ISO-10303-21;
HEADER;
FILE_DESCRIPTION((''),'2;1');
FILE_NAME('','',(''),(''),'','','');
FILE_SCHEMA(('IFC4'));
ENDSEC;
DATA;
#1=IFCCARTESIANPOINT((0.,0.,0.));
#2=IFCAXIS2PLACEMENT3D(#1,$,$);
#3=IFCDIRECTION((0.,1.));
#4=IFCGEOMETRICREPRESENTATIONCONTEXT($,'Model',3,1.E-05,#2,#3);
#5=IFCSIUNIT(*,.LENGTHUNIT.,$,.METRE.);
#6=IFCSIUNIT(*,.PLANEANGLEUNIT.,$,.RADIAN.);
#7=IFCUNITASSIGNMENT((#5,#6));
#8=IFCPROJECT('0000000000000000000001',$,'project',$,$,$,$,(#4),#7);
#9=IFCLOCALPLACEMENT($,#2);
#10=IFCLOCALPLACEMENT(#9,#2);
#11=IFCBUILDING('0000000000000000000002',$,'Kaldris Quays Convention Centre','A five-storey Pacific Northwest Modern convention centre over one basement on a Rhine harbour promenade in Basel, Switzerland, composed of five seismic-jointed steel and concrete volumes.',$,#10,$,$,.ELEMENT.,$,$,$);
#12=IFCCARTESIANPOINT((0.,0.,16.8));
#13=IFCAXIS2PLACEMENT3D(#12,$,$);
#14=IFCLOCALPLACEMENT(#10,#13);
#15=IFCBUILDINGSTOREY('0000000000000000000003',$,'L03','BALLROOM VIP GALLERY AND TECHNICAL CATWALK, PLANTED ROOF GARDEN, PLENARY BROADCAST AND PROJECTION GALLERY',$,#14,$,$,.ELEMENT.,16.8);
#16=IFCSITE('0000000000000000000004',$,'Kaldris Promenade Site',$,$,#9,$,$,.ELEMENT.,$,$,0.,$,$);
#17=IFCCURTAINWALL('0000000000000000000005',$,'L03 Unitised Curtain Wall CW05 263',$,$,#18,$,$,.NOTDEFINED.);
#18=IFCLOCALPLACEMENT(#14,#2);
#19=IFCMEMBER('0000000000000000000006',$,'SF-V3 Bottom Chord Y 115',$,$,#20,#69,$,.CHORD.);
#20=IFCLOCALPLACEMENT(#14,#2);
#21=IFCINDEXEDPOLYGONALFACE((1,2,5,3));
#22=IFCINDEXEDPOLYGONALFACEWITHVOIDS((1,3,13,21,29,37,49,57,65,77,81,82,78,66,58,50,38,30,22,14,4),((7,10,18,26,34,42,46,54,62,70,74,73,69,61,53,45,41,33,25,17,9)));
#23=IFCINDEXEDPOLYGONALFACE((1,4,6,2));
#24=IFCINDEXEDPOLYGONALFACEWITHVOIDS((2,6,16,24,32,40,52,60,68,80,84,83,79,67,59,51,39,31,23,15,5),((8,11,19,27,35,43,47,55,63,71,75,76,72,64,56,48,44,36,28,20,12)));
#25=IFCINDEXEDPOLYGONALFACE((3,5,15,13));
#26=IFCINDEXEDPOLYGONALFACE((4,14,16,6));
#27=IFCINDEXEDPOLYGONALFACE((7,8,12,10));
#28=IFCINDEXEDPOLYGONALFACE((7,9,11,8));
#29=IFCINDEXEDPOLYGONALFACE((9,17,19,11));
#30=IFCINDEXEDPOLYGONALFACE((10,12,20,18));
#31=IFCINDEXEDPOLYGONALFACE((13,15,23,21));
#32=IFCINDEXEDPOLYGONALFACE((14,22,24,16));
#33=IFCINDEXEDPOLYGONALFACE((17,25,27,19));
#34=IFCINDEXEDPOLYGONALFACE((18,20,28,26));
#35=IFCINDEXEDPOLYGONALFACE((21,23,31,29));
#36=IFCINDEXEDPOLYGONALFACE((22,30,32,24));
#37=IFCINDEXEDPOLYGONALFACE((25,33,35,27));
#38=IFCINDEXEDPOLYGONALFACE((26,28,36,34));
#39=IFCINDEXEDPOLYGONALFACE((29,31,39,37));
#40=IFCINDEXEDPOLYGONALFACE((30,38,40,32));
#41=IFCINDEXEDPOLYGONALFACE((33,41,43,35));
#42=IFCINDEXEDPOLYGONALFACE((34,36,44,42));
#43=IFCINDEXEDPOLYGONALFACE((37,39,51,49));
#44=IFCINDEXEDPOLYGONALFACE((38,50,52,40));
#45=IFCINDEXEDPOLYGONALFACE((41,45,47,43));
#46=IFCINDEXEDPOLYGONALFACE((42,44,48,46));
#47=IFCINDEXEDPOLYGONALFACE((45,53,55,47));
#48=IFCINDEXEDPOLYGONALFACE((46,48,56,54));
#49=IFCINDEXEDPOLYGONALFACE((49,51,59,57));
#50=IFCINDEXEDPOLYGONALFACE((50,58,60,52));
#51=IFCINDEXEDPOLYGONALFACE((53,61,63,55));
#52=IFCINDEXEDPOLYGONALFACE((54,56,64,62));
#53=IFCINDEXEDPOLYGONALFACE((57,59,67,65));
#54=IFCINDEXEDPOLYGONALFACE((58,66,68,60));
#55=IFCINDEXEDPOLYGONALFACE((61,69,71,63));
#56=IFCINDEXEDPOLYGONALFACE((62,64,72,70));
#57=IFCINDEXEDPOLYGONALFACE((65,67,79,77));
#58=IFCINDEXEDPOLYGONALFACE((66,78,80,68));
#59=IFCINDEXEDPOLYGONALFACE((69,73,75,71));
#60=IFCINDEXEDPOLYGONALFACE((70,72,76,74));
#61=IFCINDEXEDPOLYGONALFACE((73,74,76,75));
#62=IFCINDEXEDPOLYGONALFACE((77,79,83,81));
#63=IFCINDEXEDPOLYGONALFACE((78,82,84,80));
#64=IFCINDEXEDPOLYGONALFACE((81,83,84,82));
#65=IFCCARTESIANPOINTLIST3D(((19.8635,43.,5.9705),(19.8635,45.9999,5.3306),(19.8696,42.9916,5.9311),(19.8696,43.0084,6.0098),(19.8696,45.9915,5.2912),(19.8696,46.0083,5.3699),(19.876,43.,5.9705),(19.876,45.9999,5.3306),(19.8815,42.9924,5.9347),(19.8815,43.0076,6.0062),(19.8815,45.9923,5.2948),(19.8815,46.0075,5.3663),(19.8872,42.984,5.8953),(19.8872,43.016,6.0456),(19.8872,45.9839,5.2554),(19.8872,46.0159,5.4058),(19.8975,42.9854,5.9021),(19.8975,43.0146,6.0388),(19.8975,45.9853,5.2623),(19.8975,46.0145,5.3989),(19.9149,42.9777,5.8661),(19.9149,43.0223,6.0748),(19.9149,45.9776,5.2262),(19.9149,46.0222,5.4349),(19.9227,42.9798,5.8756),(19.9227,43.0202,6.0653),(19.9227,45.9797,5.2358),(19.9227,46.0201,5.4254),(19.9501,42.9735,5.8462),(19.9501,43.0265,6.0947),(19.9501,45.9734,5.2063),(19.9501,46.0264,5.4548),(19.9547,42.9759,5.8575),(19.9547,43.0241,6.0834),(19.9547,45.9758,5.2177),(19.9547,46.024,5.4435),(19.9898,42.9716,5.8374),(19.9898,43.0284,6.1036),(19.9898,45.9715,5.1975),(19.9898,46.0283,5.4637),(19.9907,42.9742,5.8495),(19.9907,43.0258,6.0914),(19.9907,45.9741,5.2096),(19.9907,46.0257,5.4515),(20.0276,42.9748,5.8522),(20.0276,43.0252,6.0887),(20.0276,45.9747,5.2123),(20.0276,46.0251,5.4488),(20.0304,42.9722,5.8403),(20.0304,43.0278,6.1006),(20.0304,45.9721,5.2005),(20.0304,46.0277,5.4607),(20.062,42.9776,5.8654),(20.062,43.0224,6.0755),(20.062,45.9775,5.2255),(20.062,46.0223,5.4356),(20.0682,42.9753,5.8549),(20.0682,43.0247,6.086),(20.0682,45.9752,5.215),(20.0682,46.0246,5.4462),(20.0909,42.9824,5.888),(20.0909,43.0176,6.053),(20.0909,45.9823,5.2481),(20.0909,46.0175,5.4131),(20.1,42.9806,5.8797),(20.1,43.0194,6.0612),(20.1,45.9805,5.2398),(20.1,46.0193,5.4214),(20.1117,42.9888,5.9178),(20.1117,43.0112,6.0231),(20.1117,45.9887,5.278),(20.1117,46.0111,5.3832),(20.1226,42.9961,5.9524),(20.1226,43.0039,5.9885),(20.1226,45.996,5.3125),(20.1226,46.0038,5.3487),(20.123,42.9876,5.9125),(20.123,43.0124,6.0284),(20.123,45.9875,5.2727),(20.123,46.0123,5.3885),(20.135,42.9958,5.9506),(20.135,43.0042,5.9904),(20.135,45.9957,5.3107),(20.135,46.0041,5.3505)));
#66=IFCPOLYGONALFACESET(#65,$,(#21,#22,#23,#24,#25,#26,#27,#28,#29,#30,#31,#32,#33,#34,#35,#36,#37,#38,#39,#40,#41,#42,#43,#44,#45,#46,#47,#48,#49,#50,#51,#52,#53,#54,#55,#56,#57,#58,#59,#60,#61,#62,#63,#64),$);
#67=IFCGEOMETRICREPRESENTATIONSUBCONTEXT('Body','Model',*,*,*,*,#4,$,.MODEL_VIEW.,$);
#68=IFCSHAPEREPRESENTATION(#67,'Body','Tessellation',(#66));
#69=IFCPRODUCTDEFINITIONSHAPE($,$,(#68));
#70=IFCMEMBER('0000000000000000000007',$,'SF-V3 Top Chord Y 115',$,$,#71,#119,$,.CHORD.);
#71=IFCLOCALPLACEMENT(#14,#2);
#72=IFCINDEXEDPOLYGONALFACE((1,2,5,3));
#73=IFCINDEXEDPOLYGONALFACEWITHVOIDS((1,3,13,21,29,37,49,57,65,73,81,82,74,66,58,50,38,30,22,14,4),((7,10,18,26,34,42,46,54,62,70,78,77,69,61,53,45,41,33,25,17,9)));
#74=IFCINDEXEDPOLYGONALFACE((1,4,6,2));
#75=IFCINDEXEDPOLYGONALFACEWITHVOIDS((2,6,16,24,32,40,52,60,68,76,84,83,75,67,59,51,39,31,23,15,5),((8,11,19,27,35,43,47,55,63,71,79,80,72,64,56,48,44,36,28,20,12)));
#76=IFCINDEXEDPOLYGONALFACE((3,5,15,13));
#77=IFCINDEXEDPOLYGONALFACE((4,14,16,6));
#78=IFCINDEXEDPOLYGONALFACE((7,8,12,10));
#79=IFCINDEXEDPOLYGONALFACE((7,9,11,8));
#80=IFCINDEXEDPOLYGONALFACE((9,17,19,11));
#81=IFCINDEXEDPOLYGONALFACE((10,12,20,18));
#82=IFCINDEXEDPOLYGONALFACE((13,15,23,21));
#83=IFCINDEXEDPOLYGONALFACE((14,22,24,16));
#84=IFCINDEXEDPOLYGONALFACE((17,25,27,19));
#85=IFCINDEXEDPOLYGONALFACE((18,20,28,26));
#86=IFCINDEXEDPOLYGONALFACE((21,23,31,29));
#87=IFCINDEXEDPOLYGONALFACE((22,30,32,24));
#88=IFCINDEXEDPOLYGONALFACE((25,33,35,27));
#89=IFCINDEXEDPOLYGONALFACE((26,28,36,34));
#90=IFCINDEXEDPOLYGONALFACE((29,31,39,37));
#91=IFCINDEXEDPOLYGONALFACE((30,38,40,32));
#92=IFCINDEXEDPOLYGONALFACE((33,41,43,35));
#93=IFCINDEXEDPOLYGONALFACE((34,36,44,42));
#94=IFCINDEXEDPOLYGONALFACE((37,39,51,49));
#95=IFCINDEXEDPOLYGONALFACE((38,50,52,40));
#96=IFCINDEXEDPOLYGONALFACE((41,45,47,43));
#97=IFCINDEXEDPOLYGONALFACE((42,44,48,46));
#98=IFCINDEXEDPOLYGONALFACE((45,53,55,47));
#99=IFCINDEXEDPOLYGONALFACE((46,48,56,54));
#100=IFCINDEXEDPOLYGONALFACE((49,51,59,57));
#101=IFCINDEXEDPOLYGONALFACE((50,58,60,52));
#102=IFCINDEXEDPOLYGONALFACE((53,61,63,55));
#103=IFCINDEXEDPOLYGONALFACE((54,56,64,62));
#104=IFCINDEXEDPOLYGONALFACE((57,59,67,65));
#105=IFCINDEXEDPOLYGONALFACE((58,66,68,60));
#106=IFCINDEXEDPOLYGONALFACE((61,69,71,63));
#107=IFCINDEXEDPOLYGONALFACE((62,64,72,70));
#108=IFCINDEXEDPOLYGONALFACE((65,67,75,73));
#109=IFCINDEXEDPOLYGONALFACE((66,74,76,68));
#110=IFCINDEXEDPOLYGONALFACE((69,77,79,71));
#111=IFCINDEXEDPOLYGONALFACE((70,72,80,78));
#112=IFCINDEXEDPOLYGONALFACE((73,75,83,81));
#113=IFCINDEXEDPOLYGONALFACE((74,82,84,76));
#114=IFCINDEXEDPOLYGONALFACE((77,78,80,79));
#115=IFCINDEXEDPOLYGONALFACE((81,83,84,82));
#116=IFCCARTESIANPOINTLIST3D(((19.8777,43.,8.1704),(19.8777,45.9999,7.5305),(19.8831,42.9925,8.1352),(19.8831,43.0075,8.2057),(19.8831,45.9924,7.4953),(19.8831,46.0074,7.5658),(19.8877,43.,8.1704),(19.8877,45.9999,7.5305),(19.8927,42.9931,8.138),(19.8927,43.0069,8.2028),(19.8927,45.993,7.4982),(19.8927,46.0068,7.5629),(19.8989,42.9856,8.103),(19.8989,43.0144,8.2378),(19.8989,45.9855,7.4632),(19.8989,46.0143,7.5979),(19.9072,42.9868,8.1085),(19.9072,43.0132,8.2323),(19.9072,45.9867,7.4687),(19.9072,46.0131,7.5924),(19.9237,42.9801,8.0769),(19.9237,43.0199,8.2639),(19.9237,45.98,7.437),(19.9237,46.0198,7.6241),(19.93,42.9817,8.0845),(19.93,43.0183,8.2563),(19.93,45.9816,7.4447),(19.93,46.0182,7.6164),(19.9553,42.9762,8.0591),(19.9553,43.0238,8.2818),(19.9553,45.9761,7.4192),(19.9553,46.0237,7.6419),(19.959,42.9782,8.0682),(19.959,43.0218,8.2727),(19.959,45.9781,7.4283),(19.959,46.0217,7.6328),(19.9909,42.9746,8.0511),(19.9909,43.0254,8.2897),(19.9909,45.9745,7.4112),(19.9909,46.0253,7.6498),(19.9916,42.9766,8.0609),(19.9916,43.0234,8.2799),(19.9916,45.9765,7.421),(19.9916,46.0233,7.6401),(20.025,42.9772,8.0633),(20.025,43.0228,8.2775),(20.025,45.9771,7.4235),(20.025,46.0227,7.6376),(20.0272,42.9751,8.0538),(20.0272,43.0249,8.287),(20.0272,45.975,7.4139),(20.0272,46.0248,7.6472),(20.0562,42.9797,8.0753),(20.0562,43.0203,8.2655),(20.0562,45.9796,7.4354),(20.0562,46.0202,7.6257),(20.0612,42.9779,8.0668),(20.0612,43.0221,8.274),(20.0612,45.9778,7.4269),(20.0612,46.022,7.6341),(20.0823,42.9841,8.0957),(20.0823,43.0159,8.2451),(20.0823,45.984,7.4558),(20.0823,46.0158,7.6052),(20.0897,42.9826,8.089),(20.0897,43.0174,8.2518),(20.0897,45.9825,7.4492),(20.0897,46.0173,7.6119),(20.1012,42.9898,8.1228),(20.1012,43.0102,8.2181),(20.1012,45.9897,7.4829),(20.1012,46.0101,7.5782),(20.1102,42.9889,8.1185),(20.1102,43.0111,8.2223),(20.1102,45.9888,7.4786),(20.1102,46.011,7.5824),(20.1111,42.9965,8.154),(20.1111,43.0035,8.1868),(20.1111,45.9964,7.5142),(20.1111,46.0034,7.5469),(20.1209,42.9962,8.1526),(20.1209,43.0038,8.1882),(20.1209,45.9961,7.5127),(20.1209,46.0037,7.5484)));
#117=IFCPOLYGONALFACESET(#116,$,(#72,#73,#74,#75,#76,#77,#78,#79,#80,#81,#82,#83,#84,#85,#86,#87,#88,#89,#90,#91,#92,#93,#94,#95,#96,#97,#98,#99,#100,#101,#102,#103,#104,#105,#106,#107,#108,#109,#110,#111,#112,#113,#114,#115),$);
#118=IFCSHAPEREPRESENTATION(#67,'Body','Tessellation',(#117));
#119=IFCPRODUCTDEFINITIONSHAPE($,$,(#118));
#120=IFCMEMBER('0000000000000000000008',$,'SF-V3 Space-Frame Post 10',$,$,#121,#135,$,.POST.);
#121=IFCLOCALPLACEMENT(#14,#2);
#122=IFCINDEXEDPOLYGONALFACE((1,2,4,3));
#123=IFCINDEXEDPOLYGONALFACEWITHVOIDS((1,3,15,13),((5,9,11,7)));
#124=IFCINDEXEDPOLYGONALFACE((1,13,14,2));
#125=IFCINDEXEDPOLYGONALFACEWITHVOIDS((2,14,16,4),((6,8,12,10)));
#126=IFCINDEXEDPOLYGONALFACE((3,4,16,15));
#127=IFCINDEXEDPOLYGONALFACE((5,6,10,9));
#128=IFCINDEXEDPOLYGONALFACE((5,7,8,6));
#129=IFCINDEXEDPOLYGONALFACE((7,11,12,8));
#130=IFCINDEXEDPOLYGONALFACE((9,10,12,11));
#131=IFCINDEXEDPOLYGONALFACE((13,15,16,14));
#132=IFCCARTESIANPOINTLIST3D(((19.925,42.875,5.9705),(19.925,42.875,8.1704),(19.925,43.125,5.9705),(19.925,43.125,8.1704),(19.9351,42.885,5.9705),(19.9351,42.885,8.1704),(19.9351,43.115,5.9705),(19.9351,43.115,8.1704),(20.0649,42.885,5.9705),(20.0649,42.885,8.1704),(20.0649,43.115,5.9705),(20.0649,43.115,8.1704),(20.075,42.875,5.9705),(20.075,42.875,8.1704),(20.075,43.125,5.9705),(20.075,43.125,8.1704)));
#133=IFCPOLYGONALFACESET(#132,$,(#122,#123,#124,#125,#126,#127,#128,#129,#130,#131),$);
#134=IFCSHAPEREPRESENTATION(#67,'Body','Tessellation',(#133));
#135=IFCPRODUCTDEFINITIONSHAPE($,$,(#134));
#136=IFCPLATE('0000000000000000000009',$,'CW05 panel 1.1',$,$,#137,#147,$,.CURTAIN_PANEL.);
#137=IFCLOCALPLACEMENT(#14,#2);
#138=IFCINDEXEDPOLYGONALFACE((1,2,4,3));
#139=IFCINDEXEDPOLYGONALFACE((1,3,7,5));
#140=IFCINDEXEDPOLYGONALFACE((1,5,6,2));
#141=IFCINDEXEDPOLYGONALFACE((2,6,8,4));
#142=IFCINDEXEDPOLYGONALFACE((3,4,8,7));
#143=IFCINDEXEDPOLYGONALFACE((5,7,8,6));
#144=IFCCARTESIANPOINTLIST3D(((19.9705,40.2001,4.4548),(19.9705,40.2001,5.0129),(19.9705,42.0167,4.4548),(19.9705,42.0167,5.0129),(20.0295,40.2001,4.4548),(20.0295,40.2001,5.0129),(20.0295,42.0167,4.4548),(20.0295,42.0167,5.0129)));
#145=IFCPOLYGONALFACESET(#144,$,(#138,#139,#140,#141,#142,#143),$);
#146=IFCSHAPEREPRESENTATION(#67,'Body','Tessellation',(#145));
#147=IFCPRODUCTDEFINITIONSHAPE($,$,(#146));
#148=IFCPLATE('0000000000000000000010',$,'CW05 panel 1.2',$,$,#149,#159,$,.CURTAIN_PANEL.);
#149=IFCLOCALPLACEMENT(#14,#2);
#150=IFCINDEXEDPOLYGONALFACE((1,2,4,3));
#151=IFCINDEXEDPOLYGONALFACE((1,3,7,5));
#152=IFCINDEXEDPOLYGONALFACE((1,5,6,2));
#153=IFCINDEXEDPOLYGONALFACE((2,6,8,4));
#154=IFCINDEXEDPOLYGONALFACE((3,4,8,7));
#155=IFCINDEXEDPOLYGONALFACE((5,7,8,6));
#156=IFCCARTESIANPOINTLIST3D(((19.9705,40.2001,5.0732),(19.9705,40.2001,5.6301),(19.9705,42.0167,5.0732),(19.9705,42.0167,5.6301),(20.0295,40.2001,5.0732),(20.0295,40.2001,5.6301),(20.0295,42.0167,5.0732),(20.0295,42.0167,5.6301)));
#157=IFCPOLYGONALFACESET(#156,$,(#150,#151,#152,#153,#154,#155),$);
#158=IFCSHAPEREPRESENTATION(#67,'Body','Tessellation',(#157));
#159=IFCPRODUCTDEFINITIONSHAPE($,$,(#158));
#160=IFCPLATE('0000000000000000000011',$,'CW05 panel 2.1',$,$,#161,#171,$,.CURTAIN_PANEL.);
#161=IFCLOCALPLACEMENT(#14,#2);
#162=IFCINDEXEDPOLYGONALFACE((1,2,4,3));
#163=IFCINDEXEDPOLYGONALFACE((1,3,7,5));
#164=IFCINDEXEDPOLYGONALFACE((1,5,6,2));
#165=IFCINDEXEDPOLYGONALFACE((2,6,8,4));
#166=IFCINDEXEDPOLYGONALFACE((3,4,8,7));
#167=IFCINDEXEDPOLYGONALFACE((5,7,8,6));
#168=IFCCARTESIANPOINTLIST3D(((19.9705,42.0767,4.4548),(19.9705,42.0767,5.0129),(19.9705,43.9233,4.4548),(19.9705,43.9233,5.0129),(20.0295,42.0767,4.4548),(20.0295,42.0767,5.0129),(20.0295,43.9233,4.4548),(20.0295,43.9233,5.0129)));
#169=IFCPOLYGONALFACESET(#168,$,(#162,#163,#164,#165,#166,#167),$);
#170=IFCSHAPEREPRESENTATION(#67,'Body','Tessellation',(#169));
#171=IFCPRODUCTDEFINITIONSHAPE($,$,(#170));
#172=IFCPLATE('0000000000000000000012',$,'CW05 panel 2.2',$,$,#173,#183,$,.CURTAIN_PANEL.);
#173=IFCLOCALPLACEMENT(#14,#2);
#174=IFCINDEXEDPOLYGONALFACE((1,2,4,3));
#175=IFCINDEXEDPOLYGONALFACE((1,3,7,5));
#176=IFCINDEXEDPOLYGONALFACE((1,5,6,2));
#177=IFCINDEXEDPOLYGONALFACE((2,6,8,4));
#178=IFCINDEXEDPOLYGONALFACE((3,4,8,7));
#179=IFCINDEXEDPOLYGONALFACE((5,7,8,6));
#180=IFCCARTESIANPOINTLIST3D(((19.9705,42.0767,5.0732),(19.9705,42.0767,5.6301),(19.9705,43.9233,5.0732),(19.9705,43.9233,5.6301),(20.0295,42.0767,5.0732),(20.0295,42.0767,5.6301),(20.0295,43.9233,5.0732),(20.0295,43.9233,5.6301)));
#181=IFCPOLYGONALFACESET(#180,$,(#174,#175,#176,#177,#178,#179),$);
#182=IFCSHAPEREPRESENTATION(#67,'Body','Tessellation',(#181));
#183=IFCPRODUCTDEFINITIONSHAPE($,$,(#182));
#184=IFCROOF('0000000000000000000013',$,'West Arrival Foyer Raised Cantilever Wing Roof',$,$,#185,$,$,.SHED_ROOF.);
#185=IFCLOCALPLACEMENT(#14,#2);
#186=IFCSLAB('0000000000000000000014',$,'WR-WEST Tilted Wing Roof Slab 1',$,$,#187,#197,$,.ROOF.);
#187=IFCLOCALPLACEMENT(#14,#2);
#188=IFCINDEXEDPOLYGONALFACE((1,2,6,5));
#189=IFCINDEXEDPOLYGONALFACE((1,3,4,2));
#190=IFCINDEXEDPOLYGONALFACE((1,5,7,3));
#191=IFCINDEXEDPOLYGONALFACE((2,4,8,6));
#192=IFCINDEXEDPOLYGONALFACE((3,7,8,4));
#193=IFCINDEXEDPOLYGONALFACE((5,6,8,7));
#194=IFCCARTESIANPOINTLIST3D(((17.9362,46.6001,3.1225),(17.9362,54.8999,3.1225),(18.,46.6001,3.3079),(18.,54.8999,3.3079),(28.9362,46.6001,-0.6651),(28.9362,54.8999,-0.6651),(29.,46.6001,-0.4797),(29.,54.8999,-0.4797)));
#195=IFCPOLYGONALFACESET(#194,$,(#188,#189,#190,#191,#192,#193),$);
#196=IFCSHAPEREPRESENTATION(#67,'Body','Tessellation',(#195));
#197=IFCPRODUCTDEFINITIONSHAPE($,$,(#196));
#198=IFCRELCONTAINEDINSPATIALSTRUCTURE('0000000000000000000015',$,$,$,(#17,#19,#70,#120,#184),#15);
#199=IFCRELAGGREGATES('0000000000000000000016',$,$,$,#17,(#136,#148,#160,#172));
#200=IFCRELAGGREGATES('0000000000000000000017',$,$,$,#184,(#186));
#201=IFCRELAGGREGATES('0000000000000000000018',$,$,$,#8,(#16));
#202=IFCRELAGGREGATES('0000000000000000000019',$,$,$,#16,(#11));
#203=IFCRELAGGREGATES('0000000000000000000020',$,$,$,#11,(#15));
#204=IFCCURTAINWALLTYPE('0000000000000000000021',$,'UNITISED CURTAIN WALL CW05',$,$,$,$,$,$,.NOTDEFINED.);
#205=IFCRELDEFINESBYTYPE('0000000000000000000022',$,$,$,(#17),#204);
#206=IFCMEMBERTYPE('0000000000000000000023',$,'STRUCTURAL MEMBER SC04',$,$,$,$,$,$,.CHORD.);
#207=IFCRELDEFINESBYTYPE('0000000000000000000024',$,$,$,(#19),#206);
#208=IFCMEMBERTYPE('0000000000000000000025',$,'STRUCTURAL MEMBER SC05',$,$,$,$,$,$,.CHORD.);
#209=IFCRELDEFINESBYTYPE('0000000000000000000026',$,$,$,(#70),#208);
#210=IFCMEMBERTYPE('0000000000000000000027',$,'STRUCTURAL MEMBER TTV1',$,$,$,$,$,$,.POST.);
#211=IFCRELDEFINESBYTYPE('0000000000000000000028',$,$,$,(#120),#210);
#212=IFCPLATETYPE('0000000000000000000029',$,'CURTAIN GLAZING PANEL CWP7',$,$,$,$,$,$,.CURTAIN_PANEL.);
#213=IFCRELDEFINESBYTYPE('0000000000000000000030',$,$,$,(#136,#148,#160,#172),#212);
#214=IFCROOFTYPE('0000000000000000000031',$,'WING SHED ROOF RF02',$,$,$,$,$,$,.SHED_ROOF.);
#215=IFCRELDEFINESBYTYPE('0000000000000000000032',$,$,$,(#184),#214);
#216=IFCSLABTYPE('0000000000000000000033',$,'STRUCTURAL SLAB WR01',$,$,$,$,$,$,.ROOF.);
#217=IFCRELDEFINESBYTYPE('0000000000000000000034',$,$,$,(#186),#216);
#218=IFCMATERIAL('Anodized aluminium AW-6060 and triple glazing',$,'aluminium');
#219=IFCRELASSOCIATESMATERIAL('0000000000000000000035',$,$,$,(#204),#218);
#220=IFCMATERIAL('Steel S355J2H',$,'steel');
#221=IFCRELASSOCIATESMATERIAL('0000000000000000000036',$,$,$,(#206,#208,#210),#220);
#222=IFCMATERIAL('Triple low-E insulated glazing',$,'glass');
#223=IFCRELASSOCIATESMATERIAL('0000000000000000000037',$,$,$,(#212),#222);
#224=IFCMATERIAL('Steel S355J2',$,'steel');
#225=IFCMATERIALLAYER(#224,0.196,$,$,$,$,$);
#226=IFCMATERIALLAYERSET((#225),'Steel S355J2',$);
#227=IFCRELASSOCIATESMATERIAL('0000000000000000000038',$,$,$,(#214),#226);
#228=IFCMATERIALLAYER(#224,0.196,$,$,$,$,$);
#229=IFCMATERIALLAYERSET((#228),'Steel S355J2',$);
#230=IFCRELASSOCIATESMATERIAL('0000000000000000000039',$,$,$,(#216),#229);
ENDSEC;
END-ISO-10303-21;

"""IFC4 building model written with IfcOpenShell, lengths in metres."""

from ifc_helpers import new_model, si_unit, direction, frame, origin, origin_2d, place, context, subcontext, project, spatial, polyline, rectangle, hollow_rectangle, hollow_circle, outline, extrude, material, layer, layer_set, material_profile, profile_set, type_object, element, aggregate, save


model = new_model("IFC4")

# Units and contexts
model_context = context("Model", 3, precision=1e-05, world=origin(), true_north=direction((0.0, 1.0)))
body_context = subcontext(model_context, "Body", "Model", "MODEL_VIEW")
ifc_project = project(units=[si_unit("LENGTHUNIT", "METRE"), si_unit("PLANEANGLEUNIT", "RADIAN")], contexts=[model_context])

# Site, building, storey
site_placement = place(None, origin())
site = spatial("IfcSite", under=ifc_project, at=site_placement, Name="Kaldris Promenade Site", CompositionType="ELEMENT", RefElevation=0.0)
building_placement = place(site_placement, origin())
building = spatial("IfcBuilding", under=site, at=building_placement, Name="Kaldris Quays Convention Centre", Description="A five-storey Pacific Northwest Modern convention centre over one basement on a Rhine harbour promenade in Basel, Switzerland, composed of five seismic-jointed steel and concrete volumes.", CompositionType="ELEMENT")
storey_placement = place(building_placement, frame((0.0, 0.0, 16.8)))
storey = spatial("IfcBuildingStorey", under=building, at=storey_placement, Name="L03", Description="BALLROOM VIP GALLERY AND TECHNICAL CATWALK, PLANTED ROOF GARDEN, PLENARY BROADCAST AND PROJECTION GALLERY", CompositionType="ELEMENT", Elevation=16.8)

# Curtain wall
ifc_material_1 = material(Name="Anodized aluminium AW-6060 and triple glazing", Category="aluminium")
curtain_wall_type = type_object("IfcCurtainWallType", Name="UNITISED CURTAIN WALL CW05", PredefinedType="NOTDEFINED", material=ifc_material_1)
curtain_wall_placement = place(storey_placement, origin())
curtain_wall = element("IfcCurtainWall", 1, at=curtain_wall_placement, inside=storey, type_object=curtain_wall_type, Name="L03 Unitised Curtain Wall CW05 263", PredefinedType="NOTDEFINED")

# Members
ifc_material_2 = material(Name="Steel S355J2H", Category="steel")
ifc_material_profile_1 = material_profile(ifc_material_2, hollow_circle(Radius=0.1365, WallThickness=0.0125, at=origin_2d()), Name="CHS 273x12.5")
ifc_profile_set_1 = profile_set([ifc_material_profile_1], Name="Steel S355J2H")
member_type_1 = type_object("IfcMemberType", Name="STRUCTURAL MEMBER SC04", PredefinedType="CHORD", material=ifc_profile_set_1)
member_1_placement = place(storey_placement, frame((20.0, 43.0, 5.9705), z_axis=(0.0, 0.978, -0.208605), x_axis=(-1.0, 0.0, 0.0)))
element("IfcMember", 2, at=member_1_placement, inside=storey, type_object=member_type_1, Name="SF-V3 Bottom Chord Y 115", PredefinedType="CHORD", context=body_context, shape_type="SweptSolid", body=[
    extrude(hollow_circle(Radius=0.1365, WallThickness=0.0125, at=origin_2d()), origin(), (0.0, 0.0, 1.0), 3.0674),
])
ifc_material_profile_2 = material_profile(ifc_material_2, hollow_circle(Radius=0.1223, WallThickness=0.01, at=origin_2d()), Name="CHS 244.5x10")
ifc_profile_set_2 = profile_set([ifc_material_profile_2], Name="Steel S355J2H")
member_type_2 = type_object("IfcMemberType", Name="STRUCTURAL MEMBER SC05", PredefinedType="CHORD", material=ifc_profile_set_2)
member_2_placement = place(storey_placement, frame((20.0, 43.0, 8.1704), z_axis=(0.0, 0.978, -0.208605), x_axis=(-1.0, 0.0, 0.0)))
element("IfcMember", 3, at=member_2_placement, inside=storey, type_object=member_type_2, Name="SF-V3 Top Chord Y 115", PredefinedType="CHORD", context=body_context, shape_type="SweptSolid", body=[
    extrude(hollow_circle(Radius=0.1223, WallThickness=0.01, at=origin_2d()), origin(), (0.0, 0.0, 1.0), 3.0674),
])
ifc_material_profile_3 = material_profile(ifc_material_2, hollow_rectangle(XDim=0.1499, YDim=0.25, WallThickness=0.01, at=origin_2d()), Name="RHS 250x150x10")
ifc_profile_set_3 = profile_set([ifc_material_profile_3], Name="Steel S355J2H")
member_type_3 = type_object("IfcMemberType", Name="STRUCTURAL MEMBER TTV1", PredefinedType="POST", material=ifc_profile_set_3)
member_3_placement = place(storey_placement, frame((20.0, 43.0, 5.9705), z_axis=(0.0, 0.0, 1.0), x_axis=(1.0, 0.0, 0.0)))
element("IfcMember", 4, at=member_3_placement, inside=storey, type_object=member_type_3, Name="SF-V3 Space-Frame Post 10", PredefinedType="POST", context=body_context, shape_type="SweptSolid", body=[
    extrude(hollow_rectangle(XDim=0.1499, YDim=0.25, WallThickness=0.01, at=origin_2d()), origin(), (0.0, 0.0, 1.0), 2.2),
])

# Plates
ifc_material_3 = material(Name="Triple low-E insulated glazing", Category="glass")
plate_type_1 = type_object("IfcPlateType", Name="CURTAIN GLAZING PANEL CWP7", PredefinedType="CURTAIN_PANEL", material=ifc_material_3)
plate_1_placement = place(storey_placement, frame((20.0, 41.1084, 4.4548), z_axis=(0.0, 0.0, 1.0), x_axis=(0.0, 1.0, 0.0)))
plate_1 = element("IfcPlate", 5, at=plate_1_placement, type_object=plate_type_1, Name="CW05 panel 1.1", PredefinedType="CURTAIN_PANEL", context=body_context, shape_type="SweptSolid", body=[
    extrude(rectangle(XDim=1.8167, YDim=0.0591, at=origin_2d()), origin(), (0.0, 0.0, 1.0), 0.5581),
])
plate_2_placement = place(storey_placement, frame((20.0, 41.1084, 5.0732), z_axis=(0.0, 0.0, 1.0), x_axis=(0.0, 1.0, 0.0)))
plate_2 = element("IfcPlate", 6, at=plate_2_placement, type_object=plate_type_1, Name="CW05 panel 1.2", PredefinedType="CURTAIN_PANEL", context=body_context, shape_type="SweptSolid", body=[
    extrude(rectangle(XDim=1.8167, YDim=0.0591, at=origin_2d()), origin(), (0.0, 0.0, 1.0), 0.5569),
])
plate_3_placement = place(storey_placement, frame((20.0, 43.0, 4.4548), z_axis=(0.0, 0.0, 1.0), x_axis=(0.0, 1.0, 0.0)))
plate_3 = element("IfcPlate", 7, at=plate_3_placement, type_object=plate_type_1, Name="CW05 panel 2.1", PredefinedType="CURTAIN_PANEL", context=body_context, shape_type="SweptSolid", body=[
    extrude(rectangle(XDim=1.8467, YDim=0.0591, at=origin_2d()), origin(), (0.0, 0.0, 1.0), 0.5581),
])
plate_4_placement = place(storey_placement, frame((20.0, 43.0, 5.0732), z_axis=(0.0, 0.0, 1.0), x_axis=(0.0, 1.0, 0.0)))
plate_4 = element("IfcPlate", 8, at=plate_4_placement, type_object=plate_type_1, Name="CW05 panel 2.2", PredefinedType="CURTAIN_PANEL", context=body_context, shape_type="SweptSolid", body=[
    extrude(rectangle(XDim=1.8467, YDim=0.0591, at=origin_2d()), origin(), (0.0, 0.0, 1.0), 0.5569),
])
aggregate(curtain_wall, [plate_1, plate_2, plate_3, plate_4])

# Roof, slab
ifc_material_4 = material(Name="Steel S355J2", Category="steel")
ifc_layer_1 = layer(ifc_material_4, 0.196)
ifc_layer_set_1 = layer_set([ifc_layer_1], Name="Steel S355J2")
roof_type = type_object("IfcRoofType", Name="WING SHED ROOF RF02", PredefinedType="SHED_ROOF", material=ifc_layer_set_1)
roof_placement = place(storey_placement, origin())
roof = element("IfcRoof", 9, at=roof_placement, inside=storey, type_object=roof_type, Name="West Arrival Foyer Raised Cantilever Wing Roof", PredefinedType="SHED_ROOF")
ifc_layer_2 = layer(ifc_material_4, 0.196)
ifc_layer_set_2 = layer_set([ifc_layer_2], Name="Steel S355J2")
slab_type = type_object("IfcSlabType", Name="STRUCTURAL SLAB WR01", PredefinedType="ROOF", material=ifc_layer_set_2)
slab_placement = place(storey_placement, frame((18.0, 46.6001, 3.3079), z_axis=(0.325568, 0.0, 0.945519), x_axis=(0.945519, 0.0, -0.325568)))
slab = element("IfcSlab", 10, at=slab_placement, type_object=slab_type, Name="WR-WEST Tilted Wing Roof Slab 1", PredefinedType="ROOF", context=body_context, shape_type="SweptSolid", body=[
    extrude(outline(polyline([(0.0, 0.0), (11.6338, 0.0), (11.6338, 8.2998), (0.0, 8.2998), (0.0, 0.0)])), origin(), (0.0, 0.0, -1.0), 0.196),
])
aggregate(roof, [slab])

save(model, "model.ifc")
